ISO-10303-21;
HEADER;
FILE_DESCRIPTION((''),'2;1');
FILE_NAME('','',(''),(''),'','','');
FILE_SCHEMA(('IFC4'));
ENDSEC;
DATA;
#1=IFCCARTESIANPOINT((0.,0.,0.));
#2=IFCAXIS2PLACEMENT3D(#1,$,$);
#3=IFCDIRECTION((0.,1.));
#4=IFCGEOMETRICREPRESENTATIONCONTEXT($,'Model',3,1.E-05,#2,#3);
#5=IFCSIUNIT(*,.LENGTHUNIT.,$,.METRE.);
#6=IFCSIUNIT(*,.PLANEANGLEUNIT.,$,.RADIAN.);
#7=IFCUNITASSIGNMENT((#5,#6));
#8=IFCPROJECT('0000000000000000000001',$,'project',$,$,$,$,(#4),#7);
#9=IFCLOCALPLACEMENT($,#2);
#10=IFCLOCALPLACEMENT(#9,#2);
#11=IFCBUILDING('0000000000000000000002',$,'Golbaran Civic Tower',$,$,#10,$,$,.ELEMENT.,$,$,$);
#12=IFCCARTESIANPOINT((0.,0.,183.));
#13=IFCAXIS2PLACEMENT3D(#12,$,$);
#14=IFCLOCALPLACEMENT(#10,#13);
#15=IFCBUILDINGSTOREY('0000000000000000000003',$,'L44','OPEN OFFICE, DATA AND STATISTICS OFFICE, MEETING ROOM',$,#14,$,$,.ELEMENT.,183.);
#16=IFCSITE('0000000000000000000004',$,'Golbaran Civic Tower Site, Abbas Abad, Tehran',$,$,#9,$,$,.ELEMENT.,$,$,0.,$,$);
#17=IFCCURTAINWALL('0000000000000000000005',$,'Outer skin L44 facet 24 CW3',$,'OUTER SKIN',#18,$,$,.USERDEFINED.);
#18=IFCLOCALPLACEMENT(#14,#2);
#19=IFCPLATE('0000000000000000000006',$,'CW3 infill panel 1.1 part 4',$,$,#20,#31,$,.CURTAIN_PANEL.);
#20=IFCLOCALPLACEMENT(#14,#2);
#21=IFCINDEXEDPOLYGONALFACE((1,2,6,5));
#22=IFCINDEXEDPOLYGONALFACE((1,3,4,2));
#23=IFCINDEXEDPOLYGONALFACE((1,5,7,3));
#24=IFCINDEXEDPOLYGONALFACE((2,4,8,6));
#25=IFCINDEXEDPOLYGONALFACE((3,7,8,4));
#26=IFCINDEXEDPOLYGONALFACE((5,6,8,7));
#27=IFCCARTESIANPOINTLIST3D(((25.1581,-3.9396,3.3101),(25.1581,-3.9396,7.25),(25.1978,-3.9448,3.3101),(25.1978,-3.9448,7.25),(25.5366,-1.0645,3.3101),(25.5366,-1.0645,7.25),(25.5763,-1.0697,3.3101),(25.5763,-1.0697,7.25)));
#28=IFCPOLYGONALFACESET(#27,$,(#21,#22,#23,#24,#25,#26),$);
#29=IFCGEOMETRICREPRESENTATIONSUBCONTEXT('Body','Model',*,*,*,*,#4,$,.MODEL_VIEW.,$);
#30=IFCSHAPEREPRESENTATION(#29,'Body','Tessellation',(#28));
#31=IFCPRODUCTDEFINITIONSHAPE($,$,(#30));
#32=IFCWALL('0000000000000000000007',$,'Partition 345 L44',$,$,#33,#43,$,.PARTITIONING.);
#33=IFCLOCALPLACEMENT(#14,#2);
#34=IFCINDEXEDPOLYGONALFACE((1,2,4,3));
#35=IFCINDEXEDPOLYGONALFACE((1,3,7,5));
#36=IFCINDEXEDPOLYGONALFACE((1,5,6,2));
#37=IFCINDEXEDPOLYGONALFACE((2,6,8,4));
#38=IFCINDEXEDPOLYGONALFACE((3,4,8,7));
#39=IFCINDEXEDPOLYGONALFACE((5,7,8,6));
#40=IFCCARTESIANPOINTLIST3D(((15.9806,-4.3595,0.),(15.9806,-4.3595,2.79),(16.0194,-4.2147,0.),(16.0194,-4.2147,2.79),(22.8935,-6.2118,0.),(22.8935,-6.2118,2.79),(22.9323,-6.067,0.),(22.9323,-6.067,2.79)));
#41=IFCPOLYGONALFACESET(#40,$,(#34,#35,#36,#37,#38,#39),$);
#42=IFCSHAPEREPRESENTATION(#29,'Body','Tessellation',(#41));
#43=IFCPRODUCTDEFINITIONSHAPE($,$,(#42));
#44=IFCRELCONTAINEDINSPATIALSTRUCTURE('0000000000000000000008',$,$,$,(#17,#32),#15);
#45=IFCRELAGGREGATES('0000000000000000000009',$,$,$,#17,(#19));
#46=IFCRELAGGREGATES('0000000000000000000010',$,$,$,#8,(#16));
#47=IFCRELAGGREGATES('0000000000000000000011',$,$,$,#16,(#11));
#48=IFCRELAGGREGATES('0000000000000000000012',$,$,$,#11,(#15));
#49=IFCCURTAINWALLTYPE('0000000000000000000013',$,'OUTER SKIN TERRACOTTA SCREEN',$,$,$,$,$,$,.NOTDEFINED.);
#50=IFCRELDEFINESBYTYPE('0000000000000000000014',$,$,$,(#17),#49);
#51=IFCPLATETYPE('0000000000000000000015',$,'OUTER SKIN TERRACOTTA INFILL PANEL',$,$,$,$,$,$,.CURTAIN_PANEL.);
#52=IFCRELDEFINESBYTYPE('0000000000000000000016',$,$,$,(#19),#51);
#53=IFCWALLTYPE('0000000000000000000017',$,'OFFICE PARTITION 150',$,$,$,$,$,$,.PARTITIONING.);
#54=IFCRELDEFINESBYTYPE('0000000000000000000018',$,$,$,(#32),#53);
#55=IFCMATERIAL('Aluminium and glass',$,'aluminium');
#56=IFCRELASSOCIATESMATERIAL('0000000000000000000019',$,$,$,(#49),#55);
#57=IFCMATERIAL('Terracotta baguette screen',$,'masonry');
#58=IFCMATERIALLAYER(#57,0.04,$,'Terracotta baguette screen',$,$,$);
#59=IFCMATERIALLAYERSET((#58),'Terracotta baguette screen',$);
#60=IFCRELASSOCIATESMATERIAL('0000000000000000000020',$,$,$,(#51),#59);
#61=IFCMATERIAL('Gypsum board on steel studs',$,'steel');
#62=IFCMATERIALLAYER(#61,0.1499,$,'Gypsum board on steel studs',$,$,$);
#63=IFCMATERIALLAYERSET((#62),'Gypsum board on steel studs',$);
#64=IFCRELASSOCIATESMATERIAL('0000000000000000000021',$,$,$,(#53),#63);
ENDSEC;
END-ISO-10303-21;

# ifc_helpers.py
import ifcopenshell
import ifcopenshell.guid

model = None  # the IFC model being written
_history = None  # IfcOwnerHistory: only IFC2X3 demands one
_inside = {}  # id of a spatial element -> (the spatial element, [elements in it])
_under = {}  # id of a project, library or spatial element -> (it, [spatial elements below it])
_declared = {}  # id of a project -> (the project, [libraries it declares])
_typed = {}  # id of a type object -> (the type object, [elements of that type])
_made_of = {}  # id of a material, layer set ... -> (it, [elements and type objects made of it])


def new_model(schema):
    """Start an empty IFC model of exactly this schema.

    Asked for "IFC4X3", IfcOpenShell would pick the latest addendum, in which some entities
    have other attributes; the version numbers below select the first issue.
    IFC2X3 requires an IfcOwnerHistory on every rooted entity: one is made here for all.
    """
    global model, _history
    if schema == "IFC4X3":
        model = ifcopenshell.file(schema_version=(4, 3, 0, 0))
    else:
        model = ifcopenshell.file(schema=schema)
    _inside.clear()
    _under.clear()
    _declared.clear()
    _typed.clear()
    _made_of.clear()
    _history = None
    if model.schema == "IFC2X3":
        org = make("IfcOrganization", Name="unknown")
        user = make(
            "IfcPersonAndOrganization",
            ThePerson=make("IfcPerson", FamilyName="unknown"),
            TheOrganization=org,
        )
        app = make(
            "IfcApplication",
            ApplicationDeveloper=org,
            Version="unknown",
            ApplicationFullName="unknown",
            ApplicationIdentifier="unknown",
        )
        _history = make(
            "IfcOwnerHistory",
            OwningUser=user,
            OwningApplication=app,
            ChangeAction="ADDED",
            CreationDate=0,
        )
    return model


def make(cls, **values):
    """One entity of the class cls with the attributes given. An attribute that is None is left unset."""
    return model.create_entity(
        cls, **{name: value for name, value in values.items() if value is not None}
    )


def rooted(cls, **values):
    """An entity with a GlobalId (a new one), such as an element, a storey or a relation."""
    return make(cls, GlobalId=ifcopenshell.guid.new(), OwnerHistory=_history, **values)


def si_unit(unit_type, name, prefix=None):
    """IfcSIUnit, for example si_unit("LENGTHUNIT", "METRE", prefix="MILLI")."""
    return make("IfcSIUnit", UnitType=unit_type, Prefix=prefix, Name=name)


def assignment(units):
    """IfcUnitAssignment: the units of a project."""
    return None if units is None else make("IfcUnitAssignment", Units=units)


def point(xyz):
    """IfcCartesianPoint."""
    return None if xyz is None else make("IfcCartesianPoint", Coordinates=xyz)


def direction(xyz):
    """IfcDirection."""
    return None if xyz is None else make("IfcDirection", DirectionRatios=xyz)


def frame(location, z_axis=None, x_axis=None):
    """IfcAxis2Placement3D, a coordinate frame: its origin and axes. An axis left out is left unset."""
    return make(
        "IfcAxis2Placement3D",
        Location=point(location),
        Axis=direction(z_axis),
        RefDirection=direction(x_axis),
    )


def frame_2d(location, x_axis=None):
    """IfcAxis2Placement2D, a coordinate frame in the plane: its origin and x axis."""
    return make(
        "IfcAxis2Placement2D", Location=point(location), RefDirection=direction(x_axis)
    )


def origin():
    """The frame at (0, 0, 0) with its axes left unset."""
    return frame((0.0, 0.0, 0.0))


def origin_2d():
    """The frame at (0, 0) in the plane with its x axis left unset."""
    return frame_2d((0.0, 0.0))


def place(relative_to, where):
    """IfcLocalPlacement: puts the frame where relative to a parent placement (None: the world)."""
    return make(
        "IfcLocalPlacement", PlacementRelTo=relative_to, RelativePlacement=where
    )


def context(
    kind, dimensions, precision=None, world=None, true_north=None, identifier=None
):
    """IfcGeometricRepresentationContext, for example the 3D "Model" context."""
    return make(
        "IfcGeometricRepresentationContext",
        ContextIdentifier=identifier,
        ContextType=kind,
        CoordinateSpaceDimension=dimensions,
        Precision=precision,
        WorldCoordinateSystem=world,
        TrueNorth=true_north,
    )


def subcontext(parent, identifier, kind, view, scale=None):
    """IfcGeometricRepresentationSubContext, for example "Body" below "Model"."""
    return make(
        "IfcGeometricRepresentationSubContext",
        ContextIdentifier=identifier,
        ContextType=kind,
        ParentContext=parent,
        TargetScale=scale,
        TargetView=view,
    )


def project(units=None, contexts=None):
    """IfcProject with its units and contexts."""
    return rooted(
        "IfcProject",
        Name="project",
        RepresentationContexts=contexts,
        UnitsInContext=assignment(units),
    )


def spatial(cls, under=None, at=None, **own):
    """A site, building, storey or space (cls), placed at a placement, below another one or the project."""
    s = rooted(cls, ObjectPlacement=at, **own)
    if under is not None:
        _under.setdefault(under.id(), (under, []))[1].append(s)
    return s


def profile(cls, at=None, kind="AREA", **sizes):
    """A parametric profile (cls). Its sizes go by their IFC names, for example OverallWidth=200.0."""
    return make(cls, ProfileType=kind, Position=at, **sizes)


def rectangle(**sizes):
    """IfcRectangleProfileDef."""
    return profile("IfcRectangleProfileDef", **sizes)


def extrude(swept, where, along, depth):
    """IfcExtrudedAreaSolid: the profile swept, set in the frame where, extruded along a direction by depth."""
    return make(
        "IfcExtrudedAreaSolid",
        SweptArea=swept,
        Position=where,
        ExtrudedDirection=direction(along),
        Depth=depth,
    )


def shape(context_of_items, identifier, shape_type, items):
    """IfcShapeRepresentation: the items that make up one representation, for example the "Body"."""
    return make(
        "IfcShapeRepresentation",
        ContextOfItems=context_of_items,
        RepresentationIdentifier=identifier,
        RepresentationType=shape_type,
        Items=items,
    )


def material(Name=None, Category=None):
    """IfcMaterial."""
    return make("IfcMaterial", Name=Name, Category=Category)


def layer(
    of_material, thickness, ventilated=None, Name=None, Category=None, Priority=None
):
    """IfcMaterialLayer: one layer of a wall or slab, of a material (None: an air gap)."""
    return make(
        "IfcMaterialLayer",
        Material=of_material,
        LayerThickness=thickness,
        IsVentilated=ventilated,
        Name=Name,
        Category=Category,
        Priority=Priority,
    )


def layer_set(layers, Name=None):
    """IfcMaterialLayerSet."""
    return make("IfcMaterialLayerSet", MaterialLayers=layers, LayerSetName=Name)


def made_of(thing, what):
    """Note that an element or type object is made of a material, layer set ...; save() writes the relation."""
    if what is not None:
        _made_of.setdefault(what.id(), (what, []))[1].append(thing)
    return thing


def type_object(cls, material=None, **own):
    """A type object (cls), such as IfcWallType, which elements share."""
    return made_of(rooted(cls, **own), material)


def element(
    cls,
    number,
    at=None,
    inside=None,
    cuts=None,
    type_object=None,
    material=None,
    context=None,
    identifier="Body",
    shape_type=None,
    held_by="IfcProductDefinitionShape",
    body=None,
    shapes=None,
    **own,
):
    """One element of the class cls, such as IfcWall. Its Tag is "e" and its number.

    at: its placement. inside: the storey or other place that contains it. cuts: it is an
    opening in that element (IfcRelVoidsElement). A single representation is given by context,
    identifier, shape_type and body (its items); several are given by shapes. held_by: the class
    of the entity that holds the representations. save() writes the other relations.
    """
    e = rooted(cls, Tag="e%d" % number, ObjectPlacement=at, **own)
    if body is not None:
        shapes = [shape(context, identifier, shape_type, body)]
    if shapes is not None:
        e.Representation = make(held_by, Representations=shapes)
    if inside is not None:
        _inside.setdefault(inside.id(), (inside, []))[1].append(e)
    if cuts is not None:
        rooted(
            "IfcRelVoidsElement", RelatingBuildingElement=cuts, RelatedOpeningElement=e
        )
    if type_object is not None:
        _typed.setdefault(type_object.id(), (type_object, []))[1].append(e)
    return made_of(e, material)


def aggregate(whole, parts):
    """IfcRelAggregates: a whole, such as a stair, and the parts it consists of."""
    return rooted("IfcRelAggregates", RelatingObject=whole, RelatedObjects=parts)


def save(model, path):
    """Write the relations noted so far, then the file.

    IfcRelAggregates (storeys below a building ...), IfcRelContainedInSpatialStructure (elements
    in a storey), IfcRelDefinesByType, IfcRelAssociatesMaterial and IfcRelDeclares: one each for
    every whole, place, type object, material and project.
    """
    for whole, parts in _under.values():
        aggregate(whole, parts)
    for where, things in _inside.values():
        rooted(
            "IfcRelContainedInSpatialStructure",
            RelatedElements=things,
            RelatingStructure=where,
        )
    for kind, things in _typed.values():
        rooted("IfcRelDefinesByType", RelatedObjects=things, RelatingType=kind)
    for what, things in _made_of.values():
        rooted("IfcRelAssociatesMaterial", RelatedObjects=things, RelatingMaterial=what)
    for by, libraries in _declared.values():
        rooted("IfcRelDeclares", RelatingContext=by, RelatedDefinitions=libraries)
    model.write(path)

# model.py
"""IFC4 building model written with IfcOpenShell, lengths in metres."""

from ifc_helpers import new_model, si_unit, direction, frame, frame_2d, origin, origin_2d, place, context, subcontext, project, spatial, rectangle, extrude, material, layer, layer_set, type_object, element, aggregate, save


model = new_model("IFC4")

# Units and contexts
model_context = context("Model", 3, precision=1e-05, world=origin(), true_north=direction((0.0, 1.0)))
body_context = subcontext(model_context, "Body", "Model", "MODEL_VIEW")
ifc_project = project(units=[si_unit("LENGTHUNIT", "METRE"), si_unit("PLANEANGLEUNIT", "RADIAN")], contexts=[model_context])

# Site, building, storey
site_placement = place(None, origin())
site = spatial("IfcSite", under=ifc_project, at=site_placement, Name="Golbaran Civic Tower Site, Abbas Abad, Tehran", CompositionType="ELEMENT", RefElevation=0.0)
building_placement = place(site_placement, origin())
building = spatial("IfcBuilding", under=site, at=building_placement, Name="Golbaran Civic Tower", CompositionType="ELEMENT")
storey_placement = place(building_placement, frame((0.0, 0.0, 183.0)))
storey = spatial("IfcBuildingStorey", under=building, at=storey_placement, Name="L44", Description="OPEN OFFICE, DATA AND STATISTICS OFFICE, MEETING ROOM", CompositionType="ELEMENT", Elevation=183.0)

# Shared definitions
ifc_material_1 = material(Name="Aluminium and glass", Category="aluminium")

# Curtain wall
curtain_wall_type_1 = type_object("IfcCurtainWallType", Name="OUTER SKIN TERRACOTTA SCREEN", PredefinedType="NOTDEFINED", material=ifc_material_1)
curtain_wall_1_placement = place(storey_placement, origin())
curtain_wall_1 = element("IfcCurtainWall", 1, at=curtain_wall_1_placement, inside=storey, type_object=curtain_wall_type_1, Name="Outer skin L44 facet 24 CW3", ObjectType="OUTER SKIN", PredefinedType="USERDEFINED")

# Plate
ifc_material_2 = material(Name="Terracotta baguette screen", Category="masonry")
ifc_layer_1 = layer(ifc_material_2, 0.04, Name="Terracotta baguette screen")
ifc_layer_set_1 = layer_set([ifc_layer_1], Name="Terracotta baguette screen")
plate_type_1 = type_object("IfcPlateType", Name="OUTER SKIN TERRACOTTA INFILL PANEL", PredefinedType="CURTAIN_PANEL", material=ifc_layer_set_1)
plate_1_placement = place(storey_placement, frame((25.3672, -2.5046, 3.3101), z_axis=(0.0, 0.0, 1.0), x_axis=(0.130526, 0.991445, 0.0)))
plate_1 = element("IfcPlate", 2, at=plate_1_placement, type_object=plate_type_1, Name="CW3 infill panel 1.1 part 4", PredefinedType="CURTAIN_PANEL", context=body_context, shape_type="SweptSolid", body=[
    extrude(rectangle(XDim=2.8999, YDim=0.04, at=origin_2d()), origin(), (0.0, 0.0, 1.0), 3.9399),
])
aggregate(curtain_wall_1, [plate_1])

# Wall
ifc_material_3 = material(Name="Gypsum board on steel studs", Category="steel")
ifc_layer_2 = layer(ifc_material_3, 0.1499, Name="Gypsum board on steel studs")
ifc_layer_set_2 = layer_set([ifc_layer_2], Name="Gypsum board on steel studs")
wall_type = type_object("IfcWallType", Name="OFFICE PARTITION 150", PredefinedType="PARTITIONING", material=ifc_layer_set_2)
wall_placement = place(storey_placement, frame((16.0, -4.2871, 0.0), z_axis=(0.0, 0.0, 1.0), x_axis=(0.965926, -0.25882, 0.0)))
element("IfcWall", 3, at=wall_placement, inside=storey, type_object=wall_type, Name="Partition 345 L44", PredefinedType="PARTITIONING", context=body_context, shape_type="SweptSolid", body=[
    extrude(rectangle(XDim=7.1567, YDim=0.1499, at=frame_2d((3.5784, 0.0))), origin(), (0.0, 0.0, 1.0), 2.79),
])

save(model, "model.ifc")
